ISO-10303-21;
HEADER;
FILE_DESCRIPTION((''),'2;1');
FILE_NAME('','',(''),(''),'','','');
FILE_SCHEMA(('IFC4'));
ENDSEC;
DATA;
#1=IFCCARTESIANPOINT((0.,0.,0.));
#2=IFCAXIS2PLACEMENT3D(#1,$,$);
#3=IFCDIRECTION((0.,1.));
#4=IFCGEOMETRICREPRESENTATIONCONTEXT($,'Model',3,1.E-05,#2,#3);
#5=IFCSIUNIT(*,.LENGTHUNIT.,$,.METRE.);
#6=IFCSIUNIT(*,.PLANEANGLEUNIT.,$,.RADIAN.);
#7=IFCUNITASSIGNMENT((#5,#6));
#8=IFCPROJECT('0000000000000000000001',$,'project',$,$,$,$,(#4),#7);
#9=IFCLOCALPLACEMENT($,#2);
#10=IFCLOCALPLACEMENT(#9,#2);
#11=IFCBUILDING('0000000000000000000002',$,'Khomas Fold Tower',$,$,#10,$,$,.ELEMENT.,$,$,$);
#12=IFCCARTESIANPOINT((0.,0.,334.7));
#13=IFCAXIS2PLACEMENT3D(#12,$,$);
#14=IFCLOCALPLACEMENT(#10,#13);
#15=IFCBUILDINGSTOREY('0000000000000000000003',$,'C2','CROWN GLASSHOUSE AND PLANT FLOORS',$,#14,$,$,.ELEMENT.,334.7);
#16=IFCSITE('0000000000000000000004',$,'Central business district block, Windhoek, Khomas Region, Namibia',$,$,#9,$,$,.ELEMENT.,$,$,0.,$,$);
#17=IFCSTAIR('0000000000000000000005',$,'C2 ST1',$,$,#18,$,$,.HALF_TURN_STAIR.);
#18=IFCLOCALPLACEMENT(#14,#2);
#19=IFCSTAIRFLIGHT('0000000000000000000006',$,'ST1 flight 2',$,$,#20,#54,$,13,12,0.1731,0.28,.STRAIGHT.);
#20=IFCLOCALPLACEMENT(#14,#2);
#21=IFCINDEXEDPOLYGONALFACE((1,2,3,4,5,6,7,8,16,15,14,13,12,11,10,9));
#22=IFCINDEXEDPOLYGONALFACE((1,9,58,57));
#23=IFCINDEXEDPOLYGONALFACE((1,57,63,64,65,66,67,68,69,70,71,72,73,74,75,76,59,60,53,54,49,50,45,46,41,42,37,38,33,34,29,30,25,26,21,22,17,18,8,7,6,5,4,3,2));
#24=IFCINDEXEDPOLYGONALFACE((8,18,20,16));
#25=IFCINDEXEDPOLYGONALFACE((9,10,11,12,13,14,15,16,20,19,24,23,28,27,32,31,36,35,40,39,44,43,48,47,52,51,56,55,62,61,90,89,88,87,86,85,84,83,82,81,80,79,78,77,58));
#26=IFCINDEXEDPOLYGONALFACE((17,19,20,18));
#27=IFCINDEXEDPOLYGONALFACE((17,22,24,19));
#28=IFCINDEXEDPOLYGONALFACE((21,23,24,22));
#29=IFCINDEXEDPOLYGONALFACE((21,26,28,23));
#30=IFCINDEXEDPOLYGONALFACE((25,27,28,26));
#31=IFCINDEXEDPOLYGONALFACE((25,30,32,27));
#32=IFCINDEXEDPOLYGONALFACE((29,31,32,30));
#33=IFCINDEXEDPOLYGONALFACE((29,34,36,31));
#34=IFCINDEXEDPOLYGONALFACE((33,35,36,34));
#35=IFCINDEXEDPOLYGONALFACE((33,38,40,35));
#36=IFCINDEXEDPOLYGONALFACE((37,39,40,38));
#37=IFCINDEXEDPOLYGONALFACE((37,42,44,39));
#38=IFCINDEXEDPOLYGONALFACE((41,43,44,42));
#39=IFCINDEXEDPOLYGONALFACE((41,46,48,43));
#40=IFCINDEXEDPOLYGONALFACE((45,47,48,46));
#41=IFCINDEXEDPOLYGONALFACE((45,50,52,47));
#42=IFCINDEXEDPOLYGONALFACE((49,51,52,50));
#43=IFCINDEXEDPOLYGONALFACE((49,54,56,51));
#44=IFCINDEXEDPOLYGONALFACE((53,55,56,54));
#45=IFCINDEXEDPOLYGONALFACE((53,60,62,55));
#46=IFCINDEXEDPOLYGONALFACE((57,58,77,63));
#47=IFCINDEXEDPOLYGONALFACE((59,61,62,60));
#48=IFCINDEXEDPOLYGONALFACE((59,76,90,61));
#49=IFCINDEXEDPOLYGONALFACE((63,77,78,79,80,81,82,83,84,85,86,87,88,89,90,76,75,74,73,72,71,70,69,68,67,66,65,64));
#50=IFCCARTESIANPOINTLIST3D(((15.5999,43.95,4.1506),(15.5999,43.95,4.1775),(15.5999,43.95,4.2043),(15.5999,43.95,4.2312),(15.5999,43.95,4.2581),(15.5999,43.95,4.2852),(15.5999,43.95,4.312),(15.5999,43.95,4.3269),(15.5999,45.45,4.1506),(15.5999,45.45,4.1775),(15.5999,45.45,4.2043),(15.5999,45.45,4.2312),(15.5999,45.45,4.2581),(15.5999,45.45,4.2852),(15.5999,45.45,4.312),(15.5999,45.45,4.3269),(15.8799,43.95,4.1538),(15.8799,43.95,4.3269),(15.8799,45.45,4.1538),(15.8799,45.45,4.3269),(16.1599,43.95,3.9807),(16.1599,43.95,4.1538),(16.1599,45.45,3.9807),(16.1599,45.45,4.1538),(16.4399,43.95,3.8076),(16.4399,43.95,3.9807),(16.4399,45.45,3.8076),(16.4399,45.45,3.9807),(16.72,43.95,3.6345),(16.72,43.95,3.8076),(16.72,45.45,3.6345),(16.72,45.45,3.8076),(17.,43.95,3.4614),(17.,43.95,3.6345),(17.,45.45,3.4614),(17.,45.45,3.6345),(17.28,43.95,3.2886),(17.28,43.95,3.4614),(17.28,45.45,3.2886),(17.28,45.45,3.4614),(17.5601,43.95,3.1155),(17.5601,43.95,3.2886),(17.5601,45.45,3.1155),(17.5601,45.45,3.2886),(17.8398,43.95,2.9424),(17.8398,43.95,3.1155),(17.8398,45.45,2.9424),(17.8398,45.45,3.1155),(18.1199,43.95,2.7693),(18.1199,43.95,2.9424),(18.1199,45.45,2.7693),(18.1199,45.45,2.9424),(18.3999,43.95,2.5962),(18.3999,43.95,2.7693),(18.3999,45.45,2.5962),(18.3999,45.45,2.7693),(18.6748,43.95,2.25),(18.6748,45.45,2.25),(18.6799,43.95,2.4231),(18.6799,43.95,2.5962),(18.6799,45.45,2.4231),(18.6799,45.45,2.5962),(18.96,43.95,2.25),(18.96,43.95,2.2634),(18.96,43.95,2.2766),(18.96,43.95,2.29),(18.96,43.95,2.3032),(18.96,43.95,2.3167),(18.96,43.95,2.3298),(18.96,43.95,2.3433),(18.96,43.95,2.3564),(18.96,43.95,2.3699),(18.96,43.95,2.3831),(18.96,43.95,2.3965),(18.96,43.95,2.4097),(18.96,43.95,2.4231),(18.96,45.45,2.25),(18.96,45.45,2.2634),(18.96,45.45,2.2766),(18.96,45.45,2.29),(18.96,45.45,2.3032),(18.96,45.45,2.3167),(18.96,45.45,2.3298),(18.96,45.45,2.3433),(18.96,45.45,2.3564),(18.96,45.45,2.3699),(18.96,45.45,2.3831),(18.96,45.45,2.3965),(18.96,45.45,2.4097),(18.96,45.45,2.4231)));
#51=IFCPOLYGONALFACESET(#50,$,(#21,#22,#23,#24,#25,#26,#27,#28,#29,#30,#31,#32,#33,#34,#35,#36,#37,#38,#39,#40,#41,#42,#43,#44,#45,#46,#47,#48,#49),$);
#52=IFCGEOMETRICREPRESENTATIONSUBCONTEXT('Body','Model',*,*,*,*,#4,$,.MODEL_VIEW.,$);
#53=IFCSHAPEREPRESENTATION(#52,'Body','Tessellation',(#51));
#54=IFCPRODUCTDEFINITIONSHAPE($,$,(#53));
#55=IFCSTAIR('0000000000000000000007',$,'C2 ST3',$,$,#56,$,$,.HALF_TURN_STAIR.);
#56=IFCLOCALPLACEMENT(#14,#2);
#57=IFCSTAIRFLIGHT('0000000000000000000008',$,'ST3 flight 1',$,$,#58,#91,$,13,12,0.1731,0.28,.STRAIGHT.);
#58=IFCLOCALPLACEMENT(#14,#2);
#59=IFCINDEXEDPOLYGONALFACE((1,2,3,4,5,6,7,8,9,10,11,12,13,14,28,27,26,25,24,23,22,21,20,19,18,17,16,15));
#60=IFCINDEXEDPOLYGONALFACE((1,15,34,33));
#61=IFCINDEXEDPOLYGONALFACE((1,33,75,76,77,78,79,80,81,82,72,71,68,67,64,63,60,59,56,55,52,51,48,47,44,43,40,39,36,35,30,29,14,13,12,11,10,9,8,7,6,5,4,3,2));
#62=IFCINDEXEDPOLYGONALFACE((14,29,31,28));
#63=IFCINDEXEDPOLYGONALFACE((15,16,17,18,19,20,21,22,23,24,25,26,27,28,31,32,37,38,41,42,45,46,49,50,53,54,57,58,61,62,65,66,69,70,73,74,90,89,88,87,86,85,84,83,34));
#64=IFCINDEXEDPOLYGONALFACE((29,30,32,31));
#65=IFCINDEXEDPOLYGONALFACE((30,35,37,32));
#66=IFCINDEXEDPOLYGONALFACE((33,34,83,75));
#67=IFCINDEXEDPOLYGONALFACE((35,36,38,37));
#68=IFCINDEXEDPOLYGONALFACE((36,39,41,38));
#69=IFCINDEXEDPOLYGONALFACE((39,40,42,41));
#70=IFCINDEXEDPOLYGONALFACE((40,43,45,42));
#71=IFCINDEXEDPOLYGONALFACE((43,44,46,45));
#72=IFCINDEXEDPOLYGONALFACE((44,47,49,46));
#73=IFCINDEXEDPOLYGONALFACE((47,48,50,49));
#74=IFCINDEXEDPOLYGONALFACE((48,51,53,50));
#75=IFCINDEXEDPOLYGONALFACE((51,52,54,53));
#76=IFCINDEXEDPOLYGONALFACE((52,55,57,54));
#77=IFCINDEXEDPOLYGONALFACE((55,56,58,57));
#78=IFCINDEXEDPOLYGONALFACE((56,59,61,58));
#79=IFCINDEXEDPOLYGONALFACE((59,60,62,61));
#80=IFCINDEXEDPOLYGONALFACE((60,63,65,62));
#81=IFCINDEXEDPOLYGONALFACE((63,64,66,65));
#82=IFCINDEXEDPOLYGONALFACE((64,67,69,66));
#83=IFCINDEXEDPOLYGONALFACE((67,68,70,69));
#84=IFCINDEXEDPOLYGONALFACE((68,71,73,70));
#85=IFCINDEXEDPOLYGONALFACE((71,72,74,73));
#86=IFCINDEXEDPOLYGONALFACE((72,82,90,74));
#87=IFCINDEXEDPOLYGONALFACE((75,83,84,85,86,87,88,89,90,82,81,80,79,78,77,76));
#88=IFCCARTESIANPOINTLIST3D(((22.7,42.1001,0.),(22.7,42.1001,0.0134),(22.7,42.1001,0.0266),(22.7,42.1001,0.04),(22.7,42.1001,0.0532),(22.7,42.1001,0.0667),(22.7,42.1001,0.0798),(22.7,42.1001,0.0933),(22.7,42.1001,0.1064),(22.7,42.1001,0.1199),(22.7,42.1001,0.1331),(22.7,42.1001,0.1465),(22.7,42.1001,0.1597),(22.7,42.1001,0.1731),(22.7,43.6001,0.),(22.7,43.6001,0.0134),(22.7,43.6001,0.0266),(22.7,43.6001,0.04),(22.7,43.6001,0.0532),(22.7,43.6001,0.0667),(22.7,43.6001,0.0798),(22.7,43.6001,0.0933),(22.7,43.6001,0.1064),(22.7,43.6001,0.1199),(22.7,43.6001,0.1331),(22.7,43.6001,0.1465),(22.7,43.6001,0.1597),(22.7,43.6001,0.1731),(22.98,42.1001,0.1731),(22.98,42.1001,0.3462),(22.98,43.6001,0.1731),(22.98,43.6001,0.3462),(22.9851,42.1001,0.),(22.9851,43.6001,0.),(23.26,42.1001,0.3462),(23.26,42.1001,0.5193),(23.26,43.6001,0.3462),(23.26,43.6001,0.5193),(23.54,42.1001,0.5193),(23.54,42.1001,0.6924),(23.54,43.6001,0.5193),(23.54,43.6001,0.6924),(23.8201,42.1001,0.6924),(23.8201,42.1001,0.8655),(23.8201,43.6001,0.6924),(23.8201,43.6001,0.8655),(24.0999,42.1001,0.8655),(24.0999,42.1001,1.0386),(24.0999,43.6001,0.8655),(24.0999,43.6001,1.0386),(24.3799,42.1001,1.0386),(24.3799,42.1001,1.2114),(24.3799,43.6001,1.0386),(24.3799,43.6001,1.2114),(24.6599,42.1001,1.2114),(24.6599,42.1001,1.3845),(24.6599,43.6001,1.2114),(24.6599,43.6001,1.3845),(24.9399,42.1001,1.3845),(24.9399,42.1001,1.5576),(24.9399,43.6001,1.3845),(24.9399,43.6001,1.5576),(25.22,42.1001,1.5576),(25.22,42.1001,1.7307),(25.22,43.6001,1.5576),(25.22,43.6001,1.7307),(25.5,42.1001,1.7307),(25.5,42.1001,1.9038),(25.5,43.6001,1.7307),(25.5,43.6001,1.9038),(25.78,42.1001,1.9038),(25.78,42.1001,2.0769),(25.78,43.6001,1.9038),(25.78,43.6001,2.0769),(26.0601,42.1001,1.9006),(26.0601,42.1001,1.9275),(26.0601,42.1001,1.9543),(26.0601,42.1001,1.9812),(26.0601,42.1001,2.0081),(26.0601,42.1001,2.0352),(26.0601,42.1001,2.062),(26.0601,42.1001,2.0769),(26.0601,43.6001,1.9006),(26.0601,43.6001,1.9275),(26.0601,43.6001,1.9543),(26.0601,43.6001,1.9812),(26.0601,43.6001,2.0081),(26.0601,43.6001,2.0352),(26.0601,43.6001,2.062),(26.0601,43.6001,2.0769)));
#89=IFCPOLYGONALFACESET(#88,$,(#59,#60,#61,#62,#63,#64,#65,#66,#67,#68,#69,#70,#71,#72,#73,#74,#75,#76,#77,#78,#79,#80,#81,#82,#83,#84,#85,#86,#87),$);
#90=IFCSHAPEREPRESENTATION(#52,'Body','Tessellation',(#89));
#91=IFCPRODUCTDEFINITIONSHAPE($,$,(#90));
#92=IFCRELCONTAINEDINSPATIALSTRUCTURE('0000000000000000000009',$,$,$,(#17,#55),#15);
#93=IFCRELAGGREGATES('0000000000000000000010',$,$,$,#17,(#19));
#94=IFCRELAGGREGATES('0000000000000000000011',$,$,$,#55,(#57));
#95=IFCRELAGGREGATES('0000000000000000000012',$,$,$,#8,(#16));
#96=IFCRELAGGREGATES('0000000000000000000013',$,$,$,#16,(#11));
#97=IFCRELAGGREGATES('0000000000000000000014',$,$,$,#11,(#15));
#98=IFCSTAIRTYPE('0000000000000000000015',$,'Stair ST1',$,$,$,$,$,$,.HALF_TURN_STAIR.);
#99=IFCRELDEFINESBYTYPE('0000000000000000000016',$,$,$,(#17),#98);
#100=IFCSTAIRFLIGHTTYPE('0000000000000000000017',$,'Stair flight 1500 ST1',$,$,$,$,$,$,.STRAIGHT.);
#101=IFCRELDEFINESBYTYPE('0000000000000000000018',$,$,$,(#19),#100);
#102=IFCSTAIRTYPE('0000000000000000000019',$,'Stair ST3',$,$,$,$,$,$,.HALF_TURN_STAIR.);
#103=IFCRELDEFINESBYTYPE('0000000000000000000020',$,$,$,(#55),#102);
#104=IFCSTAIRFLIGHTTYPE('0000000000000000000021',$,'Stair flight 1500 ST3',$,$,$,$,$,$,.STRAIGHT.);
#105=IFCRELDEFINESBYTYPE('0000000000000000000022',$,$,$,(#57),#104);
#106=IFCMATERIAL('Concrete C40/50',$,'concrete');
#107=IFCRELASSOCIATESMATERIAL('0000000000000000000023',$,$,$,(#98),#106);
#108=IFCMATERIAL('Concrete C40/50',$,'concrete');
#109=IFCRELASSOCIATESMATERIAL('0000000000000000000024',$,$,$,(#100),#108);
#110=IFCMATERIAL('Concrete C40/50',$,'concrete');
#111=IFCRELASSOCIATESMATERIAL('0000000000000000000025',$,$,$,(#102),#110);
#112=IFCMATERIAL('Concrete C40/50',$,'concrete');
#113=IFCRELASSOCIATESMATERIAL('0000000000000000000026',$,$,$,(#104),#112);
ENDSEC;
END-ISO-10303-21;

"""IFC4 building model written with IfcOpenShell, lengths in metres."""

from ifc_helpers import new_model, si_unit, direction, frame, origin, place, context, subcontext, project, spatial, polyline, outline, extrude, source, transform, mapped, material, type_object, element, aggregate, save


model = new_model("IFC4")

# Units and contexts
model_context = context("Model", 3, precision=1e-05, world=origin(), true_north=direction((0.0, 1.0)))
body_context = subcontext(model_context, "Body", "Model", "MODEL_VIEW")
ifc_project = project(units=[si_unit("LENGTHUNIT", "METRE"), si_unit("PLANEANGLEUNIT", "RADIAN")], contexts=[model_context])

# Site, building, storey
site_placement = place(None, origin())
site = spatial("IfcSite", under=ifc_project, at=site_placement, Name="Central business district block, Windhoek, Khomas Region, Namibia", CompositionType="ELEMENT", RefElevation=0.0)
building_placement = place(site_placement, origin())
building = spatial("IfcBuilding", under=site, at=building_placement, Name="Khomas Fold Tower", CompositionType="ELEMENT")
storey_placement = place(building_placement, frame((0.0, 0.0, 334.7)))
storey = spatial("IfcBuildingStorey", under=building, at=storey_placement, Name="C2", Description="CROWN GLASSHOUSE AND PLANT FLOORS", CompositionType="ELEMENT", Elevation=334.7)

# Stair, stair flight
ifc_material_1 = material(Name="Concrete C40/50", Category="concrete")
stair_type_1 = type_object("IfcStairType", Name="Stair ST1", PredefinedType="HALF_TURN_STAIR", material=ifc_material_1)
stair_1_placement = place(storey_placement, origin())
stair_1 = element("IfcStair", 1, at=stair_1_placement, inside=storey, type_object=stair_type_1, Name="C2 ST1", PredefinedType="HALF_TURN_STAIR")
ifc_material_2 = material(Name="Concrete C40/50", Category="concrete")
stair_flight_type_1 = type_object("IfcStairFlightType", Name="Stair flight 1500 ST1", PredefinedType="STRAIGHT", material=ifc_material_2)
shared_shape_1 = source(origin(), body_context, "Body", "SweptSolid", [
    extrude(outline(polyline([(0.0, 0.0), (0.0, 0.0134), (0.0, 0.0266), (0.0, 0.04), (0.0, 0.0532), (0.0, 0.0667), (0.0, 0.0798), (0.0, 0.0933), (0.0, 0.1064), (0.0, 0.1199), (0.0, 0.1331), (0.0, 0.1465), (0.0, 0.1597), (0.0, 0.1731), (0.28, 0.1731), (0.28, 0.3462), (0.5601, 0.3462), (0.5601, 0.5193), (0.8401, 0.5193), (0.8401, 0.6924), (1.1201, 0.6924), (1.1201, 0.8655), (1.3999, 0.8655), (1.3999, 1.0386), (1.6799, 1.0386), (1.6799, 1.2114), (1.96, 1.2114), (1.96, 1.3845), (2.24, 1.3845), (2.24, 1.5576), (2.52, 1.5576), (2.52, 1.7307), (2.8, 1.7307), (2.8, 1.9038), (3.0801, 1.9038), (3.0801, 2.0769), (3.3601, 2.0769), (3.3601, 2.25), (3.3601, 2.2231), (3.3601, 2.1963), (3.3601, 2.1694), (3.3601, 2.1426), (3.3601, 2.1157), (3.3601, 2.0889), (3.3601, 2.062), (3.3601, 2.0352), (3.3601, 2.0081), (3.3601, 1.9812), (3.3601, 1.9543), (3.3601, 1.9275), (3.3601, 1.9006), (0.2852, 0.0), (0.0, 0.0)])), frame((0.0, 0.75, 0.0), z_axis=(0.0, -1.0, 0.0), x_axis=(1.0, 0.0, 0.0)), (0.0, 0.0, 1.0), 1.5),
])
stair_flight_1_placement = place(storey_placement, frame((18.96, 44.7, 2.25), z_axis=(0.0, 0.0, 1.0), x_axis=(-1.0, 0.0, 0.0)))
stair_flight_1 = element("IfcStairFlight", 2, at=stair_flight_1_placement, type_object=stair_flight_type_1, Name="ST1 flight 2", NumberOfRisers=13, NumberOfTreads=12, PredefinedType="STRAIGHT", RiserHeight=0.1731, TreadLength=0.28, context=body_context, shape_type="MappedRepresentation", body=[
    mapped(shared_shape_1, transform((0.0, 0.0, 0.0))),
])
aggregate(stair_1, [stair_flight_1])

# Stair, stair flight
ifc_material_3 = material(Name="Concrete C40/50", Category="concrete")
stair_type_2 = type_object("IfcStairType", Name="Stair ST3", PredefinedType="HALF_TURN_STAIR", material=ifc_material_3)
stair_2_placement = place(storey_placement, origin())
stair_2 = element("IfcStair", 3, at=stair_2_placement, inside=storey, type_object=stair_type_2, Name="C2 ST3", PredefinedType="HALF_TURN_STAIR")
ifc_material_4 = material(Name="Concrete C40/50", Category="concrete")
stair_flight_type_2 = type_object("IfcStairFlightType", Name="Stair flight 1500 ST3", PredefinedType="STRAIGHT", material=ifc_material_4)
stair_flight_2_placement = place(storey_placement, frame((22.7, 42.8501, 0.0), z_axis=(0.0, 0.0, 1.0), x_axis=(1.0, 0.0, 0.0)))
stair_flight_2 = element("IfcStairFlight", 4, at=stair_flight_2_placement, type_object=stair_flight_type_2, Name="ST3 flight 1", NumberOfRisers=13, NumberOfTreads=12, PredefinedType="STRAIGHT", RiserHeight=0.1731, TreadLength=0.28, context=body_context, shape_type="MappedRepresentation", body=[
    mapped(shared_shape_1, transform((0.0, 0.0, 0.0))),
])
aggregate(stair_2, [stair_flight_2])

save(model, "model.ifc")
